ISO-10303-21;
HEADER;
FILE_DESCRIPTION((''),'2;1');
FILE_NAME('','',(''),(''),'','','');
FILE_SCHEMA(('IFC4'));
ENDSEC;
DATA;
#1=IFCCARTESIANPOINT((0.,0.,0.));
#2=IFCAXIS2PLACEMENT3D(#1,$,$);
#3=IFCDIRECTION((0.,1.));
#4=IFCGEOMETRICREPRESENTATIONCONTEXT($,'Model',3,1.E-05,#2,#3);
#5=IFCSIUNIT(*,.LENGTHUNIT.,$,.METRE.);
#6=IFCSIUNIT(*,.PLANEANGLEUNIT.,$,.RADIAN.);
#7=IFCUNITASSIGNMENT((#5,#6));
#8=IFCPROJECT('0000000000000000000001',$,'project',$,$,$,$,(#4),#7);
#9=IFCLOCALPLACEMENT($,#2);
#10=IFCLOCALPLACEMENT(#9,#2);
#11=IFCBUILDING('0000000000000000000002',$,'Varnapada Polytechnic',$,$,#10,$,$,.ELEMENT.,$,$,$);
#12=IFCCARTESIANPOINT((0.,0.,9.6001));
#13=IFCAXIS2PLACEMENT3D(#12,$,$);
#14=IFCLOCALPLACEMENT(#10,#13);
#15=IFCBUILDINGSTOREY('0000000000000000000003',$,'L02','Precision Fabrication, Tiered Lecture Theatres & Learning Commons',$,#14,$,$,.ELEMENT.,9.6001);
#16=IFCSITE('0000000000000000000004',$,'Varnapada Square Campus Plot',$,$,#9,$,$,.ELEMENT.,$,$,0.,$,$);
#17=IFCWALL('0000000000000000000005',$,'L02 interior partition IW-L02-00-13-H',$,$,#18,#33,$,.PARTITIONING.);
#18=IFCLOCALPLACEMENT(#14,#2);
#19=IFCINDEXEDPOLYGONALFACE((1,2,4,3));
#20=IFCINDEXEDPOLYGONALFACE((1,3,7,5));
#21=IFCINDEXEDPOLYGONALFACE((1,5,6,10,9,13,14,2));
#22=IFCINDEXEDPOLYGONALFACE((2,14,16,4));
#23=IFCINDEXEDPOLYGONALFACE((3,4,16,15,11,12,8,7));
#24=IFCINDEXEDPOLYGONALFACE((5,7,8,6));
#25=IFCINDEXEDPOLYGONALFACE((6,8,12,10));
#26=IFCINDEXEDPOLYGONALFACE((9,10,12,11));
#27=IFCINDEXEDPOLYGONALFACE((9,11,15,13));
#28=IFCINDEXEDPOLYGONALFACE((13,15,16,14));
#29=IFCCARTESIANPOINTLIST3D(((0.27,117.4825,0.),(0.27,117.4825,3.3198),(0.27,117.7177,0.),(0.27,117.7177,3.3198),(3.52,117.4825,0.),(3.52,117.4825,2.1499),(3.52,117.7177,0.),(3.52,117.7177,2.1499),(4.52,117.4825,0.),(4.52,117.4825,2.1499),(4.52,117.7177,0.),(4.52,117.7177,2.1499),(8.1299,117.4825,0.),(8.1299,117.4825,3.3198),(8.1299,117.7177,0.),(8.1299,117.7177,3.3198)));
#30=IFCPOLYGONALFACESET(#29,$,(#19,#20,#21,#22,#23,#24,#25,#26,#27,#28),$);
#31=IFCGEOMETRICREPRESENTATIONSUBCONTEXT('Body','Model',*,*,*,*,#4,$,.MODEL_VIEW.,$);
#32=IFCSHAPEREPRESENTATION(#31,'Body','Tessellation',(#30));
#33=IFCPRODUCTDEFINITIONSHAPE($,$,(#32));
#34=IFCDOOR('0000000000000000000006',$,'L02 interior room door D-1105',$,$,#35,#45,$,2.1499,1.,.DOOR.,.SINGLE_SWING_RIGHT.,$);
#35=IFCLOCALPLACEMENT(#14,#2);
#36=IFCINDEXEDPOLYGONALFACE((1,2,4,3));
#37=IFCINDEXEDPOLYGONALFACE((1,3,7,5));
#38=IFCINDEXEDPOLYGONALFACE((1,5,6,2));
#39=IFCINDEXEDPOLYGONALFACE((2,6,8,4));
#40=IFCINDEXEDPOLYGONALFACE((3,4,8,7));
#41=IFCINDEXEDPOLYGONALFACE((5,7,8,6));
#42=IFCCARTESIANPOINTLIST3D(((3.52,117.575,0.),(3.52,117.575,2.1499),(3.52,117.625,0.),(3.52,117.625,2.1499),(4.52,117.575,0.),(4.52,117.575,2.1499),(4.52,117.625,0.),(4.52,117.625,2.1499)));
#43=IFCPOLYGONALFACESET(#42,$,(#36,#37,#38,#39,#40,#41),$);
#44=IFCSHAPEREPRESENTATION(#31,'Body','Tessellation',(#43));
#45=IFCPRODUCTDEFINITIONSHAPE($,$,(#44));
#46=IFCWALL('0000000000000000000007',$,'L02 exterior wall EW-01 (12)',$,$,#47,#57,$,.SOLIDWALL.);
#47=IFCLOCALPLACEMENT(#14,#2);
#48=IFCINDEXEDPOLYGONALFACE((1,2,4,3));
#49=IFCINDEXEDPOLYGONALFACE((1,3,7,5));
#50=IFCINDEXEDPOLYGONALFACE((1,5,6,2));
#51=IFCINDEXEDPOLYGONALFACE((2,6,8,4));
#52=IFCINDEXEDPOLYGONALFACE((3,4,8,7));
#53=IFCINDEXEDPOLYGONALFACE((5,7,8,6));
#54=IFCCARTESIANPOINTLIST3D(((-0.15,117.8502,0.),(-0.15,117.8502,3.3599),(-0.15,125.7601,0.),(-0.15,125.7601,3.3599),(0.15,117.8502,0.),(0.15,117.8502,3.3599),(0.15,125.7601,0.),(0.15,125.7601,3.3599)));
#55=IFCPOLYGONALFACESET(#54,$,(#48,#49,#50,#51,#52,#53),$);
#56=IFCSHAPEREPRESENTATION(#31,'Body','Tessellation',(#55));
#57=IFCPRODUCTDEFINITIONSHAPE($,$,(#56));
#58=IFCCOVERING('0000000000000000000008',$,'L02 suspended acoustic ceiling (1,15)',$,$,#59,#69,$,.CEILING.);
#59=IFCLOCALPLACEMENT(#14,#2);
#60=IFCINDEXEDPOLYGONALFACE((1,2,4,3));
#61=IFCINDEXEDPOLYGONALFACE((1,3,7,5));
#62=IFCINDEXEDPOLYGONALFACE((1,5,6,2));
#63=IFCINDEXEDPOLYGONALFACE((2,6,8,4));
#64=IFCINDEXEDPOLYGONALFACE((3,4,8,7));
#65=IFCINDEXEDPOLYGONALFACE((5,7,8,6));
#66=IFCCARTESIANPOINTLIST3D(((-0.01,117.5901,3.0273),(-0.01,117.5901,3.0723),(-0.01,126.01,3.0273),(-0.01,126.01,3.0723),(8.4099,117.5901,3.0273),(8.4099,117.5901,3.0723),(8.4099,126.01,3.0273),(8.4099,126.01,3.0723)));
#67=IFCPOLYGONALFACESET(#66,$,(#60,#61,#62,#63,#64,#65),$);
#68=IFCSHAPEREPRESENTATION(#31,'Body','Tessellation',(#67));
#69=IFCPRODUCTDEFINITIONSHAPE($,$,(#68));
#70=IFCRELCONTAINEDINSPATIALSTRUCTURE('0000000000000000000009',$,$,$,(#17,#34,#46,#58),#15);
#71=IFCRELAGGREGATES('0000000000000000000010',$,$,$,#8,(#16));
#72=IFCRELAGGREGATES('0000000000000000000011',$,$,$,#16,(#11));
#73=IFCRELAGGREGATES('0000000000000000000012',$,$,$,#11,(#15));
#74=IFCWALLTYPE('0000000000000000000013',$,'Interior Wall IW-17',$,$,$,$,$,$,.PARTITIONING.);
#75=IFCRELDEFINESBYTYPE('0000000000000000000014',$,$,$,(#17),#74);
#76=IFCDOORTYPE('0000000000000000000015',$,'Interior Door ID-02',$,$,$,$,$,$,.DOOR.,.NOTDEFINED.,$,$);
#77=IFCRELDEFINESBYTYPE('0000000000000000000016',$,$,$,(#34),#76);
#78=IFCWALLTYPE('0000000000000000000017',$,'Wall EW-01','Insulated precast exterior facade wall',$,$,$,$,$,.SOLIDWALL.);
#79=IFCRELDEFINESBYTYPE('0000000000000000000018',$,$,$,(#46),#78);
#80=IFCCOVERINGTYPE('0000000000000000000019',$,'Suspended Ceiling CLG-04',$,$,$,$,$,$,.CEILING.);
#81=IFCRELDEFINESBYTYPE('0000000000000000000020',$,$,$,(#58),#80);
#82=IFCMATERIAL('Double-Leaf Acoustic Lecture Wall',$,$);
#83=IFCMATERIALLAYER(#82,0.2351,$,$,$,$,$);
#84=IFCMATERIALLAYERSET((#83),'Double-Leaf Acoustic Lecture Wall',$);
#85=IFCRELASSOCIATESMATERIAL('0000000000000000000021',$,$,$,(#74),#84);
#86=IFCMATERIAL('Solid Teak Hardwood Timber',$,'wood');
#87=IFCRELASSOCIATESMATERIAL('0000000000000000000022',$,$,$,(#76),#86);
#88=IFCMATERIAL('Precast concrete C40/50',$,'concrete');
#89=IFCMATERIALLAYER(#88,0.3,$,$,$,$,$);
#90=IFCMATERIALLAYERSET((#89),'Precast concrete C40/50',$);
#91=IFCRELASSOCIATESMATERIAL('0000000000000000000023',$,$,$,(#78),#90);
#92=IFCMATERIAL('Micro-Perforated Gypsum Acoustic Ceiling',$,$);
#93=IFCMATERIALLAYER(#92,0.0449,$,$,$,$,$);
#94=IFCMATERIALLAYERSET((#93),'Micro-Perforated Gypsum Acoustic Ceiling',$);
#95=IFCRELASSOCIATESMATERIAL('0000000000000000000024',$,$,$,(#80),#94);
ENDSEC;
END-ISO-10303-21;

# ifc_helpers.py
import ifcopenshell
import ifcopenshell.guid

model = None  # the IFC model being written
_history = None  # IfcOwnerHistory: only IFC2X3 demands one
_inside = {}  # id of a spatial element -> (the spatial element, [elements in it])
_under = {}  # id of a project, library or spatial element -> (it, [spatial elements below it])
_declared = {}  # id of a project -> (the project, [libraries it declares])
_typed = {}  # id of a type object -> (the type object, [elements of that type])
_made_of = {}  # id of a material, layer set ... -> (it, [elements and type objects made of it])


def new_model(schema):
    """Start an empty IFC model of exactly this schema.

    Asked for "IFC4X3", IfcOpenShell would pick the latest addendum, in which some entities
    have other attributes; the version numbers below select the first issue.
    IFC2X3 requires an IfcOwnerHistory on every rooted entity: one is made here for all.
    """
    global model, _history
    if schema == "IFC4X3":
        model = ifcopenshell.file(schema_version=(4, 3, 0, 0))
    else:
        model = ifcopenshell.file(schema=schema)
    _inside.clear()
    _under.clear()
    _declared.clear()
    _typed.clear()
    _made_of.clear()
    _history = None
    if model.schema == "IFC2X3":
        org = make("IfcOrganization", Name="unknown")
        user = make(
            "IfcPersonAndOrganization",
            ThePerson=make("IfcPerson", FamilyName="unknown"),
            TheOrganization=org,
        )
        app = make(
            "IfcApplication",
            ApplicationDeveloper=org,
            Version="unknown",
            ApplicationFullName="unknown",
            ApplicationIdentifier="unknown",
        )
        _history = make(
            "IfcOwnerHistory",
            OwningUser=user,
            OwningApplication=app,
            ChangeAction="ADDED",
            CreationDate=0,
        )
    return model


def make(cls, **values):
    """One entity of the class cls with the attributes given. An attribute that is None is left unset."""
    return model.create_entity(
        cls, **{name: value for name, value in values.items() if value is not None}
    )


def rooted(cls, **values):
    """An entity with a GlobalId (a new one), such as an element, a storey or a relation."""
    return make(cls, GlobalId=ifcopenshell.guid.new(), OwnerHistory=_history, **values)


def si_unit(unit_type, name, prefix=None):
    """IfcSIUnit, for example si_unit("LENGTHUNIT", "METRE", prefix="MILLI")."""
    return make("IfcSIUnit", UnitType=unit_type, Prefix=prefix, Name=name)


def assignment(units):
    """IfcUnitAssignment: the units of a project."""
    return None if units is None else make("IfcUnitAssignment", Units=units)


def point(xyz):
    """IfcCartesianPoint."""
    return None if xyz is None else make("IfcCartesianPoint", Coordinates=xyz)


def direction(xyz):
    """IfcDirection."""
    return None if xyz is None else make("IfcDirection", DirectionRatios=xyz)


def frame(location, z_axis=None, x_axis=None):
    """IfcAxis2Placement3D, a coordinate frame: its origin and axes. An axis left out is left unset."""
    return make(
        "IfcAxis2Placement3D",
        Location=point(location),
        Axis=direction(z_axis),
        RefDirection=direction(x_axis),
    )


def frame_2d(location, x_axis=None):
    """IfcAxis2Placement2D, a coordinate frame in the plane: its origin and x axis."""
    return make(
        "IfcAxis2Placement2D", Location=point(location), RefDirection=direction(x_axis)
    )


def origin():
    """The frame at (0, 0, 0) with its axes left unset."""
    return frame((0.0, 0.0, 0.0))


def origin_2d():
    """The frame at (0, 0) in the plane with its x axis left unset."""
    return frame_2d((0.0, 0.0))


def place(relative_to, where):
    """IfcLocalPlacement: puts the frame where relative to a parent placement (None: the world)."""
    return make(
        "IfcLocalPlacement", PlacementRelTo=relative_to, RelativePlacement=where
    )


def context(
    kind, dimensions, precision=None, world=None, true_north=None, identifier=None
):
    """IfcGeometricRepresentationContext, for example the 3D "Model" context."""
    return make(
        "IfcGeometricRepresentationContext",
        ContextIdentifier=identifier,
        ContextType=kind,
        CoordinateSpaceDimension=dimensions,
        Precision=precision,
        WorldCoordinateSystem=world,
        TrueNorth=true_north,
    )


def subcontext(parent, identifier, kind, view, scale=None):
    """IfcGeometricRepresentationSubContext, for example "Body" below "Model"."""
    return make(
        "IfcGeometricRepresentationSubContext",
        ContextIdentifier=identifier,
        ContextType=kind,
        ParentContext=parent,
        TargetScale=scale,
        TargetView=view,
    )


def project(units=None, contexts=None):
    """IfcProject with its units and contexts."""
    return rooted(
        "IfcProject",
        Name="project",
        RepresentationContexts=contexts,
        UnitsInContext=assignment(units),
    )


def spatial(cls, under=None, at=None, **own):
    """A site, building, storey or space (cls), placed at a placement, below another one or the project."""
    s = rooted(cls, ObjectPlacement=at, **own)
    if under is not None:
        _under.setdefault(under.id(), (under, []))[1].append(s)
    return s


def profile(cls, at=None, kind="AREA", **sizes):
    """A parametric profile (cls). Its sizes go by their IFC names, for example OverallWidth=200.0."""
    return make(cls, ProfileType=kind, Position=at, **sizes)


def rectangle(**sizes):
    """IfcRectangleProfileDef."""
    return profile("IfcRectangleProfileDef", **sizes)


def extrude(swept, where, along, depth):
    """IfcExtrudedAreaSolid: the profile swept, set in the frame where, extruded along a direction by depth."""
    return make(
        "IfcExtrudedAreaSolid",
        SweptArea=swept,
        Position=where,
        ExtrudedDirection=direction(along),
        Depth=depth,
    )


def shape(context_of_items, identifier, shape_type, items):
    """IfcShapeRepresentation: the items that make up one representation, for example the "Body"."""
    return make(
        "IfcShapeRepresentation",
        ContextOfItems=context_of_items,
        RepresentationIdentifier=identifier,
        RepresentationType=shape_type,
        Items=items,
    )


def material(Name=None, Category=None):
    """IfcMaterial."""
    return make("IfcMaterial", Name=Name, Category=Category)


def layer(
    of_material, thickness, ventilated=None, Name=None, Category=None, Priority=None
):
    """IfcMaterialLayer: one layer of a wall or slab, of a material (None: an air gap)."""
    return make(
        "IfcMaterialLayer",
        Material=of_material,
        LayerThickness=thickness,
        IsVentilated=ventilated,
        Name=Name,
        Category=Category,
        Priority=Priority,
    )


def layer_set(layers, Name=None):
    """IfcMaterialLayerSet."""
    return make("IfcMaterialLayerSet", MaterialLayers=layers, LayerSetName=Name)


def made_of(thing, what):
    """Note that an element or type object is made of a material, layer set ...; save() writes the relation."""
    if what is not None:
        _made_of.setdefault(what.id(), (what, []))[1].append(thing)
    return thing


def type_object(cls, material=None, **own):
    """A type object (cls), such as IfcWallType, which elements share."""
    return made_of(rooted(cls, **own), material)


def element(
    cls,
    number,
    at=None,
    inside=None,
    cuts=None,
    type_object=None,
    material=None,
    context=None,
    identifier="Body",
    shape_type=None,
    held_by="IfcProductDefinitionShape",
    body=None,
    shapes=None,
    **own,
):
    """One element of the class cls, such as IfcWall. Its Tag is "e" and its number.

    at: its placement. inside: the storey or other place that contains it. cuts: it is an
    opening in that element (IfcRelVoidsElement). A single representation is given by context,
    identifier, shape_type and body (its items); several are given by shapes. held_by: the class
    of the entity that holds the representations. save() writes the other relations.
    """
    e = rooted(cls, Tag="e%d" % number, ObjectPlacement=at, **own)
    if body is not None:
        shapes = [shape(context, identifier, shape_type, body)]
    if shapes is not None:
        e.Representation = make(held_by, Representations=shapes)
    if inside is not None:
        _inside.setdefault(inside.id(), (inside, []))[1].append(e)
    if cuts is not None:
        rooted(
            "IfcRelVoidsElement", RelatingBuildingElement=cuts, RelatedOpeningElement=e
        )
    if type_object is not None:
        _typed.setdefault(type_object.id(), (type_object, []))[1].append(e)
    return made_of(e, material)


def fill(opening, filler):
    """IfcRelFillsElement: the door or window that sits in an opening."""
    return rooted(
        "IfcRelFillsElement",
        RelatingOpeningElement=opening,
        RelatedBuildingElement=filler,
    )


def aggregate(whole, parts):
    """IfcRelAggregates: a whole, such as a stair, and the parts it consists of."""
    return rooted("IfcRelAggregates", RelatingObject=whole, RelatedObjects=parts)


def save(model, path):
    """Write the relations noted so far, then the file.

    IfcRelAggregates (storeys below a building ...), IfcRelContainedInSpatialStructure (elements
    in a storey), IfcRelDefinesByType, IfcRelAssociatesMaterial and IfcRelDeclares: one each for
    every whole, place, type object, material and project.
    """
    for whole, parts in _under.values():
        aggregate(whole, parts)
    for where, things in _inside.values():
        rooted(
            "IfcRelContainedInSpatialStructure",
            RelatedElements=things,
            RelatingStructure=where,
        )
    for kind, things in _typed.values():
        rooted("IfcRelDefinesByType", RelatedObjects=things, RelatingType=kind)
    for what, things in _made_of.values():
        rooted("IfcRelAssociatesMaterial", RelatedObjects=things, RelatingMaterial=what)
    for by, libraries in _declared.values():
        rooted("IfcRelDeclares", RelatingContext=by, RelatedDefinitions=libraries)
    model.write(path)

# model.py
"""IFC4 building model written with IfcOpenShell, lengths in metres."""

from ifc_helpers import new_model, si_unit, direction, frame, frame_2d, origin, origin_2d, place, context, subcontext, project, spatial, rectangle, extrude, material, layer, layer_set, type_object, element, fill, save


model = new_model("IFC4")

# Units and contexts
model_context = context("Model", 3, precision=1e-05, world=origin(), true_north=direction((0.0, 1.0)))
body_context = subcontext(model_context, "Body", "Model", "MODEL_VIEW")
ifc_project = project(units=[si_unit("LENGTHUNIT", "METRE"), si_unit("PLANEANGLEUNIT", "RADIAN")], contexts=[model_context])

# Site, building, storey
site_placement = place(None, origin())
site = spatial("IfcSite", under=ifc_project, at=site_placement, Name="Varnapada Square Campus Plot", CompositionType="ELEMENT", RefElevation=0.0)
building_placement = place(site_placement, origin())
building = spatial("IfcBuilding", under=site, at=building_placement, Name="Varnapada Polytechnic", CompositionType="ELEMENT")
storey_placement = place(building_placement, frame((0.0, 0.0, 9.6001)))
storey = spatial("IfcBuildingStorey", under=building, at=storey_placement, Name="L02", Description="Precision Fabrication, Tiered Lecture Theatres & Learning Commons", CompositionType="ELEMENT", Elevation=9.6001)

# Wall, opening, door
ifc_material_1 = material(Name="Double-Leaf Acoustic Lecture Wall")
ifc_layer_1 = layer(ifc_material_1, 0.2351)
ifc_layer_set_1 = layer_set([ifc_layer_1], Name="Double-Leaf Acoustic Lecture Wall")
wall_type_1 = type_object("IfcWallType", Name="Interior Wall IW-17", PredefinedType="PARTITIONING", material=ifc_layer_set_1)
wall_1_placement = place(storey_placement, frame((0.27, 117.6001, 0.0), z_axis=(0.0, 0.0, 1.0), x_axis=(1.0, 0.0, 0.0)))
wall_1 = element("IfcWall", 1, at=wall_1_placement, inside=storey, type_object=wall_type_1, Name="L02 interior partition IW-L02-00-13-H", PredefinedType="PARTITIONING", context=body_context, shape_type="SweptSolid", body=[
    extrude(rectangle(XDim=7.8599, YDim=0.2351, at=frame_2d((3.9299, 0.0))), origin(), (0.0, 0.0, 1.0), 3.3198),
])
opening_placement = place(wall_1_placement, frame((3.25, 0.0, 0.0)))
opening = element("IfcOpeningElement", 2, at=opening_placement, cuts=wall_1, PredefinedType="OPENING", context=body_context, shape_type="SweptSolid", body=[
    extrude(rectangle(XDim=1.0, YDim=2.1499, at=frame_2d((0.5, 1.075))), frame((0.0, 0.1274, 0.0), z_axis=(0.0, -1.0, 0.0), x_axis=(1.0, 0.0, 0.0)), (0.0, 0.0, 1.0), 0.2551),
])
ifc_material_2 = material(Name="Solid Teak Hardwood Timber", Category="wood")
door_type = type_object("IfcDoorType", Name="Interior Door ID-02", OperationType="NOTDEFINED", PredefinedType="DOOR", material=ifc_material_2)
door_placement = place(opening_placement, origin())
door = element("IfcDoor", 3, at=door_placement, inside=storey, type_object=door_type, Name="L02 interior room door D-1105", OperationType="SINGLE_SWING_RIGHT", OverallHeight=2.1499, OverallWidth=1.0, PredefinedType="DOOR", context=body_context, shape_type="SweptSolid", body=[
    extrude(rectangle(XDim=1.0, YDim=2.1499, at=frame_2d((0.5, 1.075))), frame((0.0, 0.0249, 0.0), z_axis=(0.0, -1.0, 0.0), x_axis=(1.0, 0.0, 0.0)), (0.0, 0.0, 1.0), 0.05),
])
fill(opening, door)

# Wall
ifc_material_3 = material(Name="Precast concrete C40/50", Category="concrete")
ifc_layer_2 = layer(ifc_material_3, 0.3)
ifc_layer_set_2 = layer_set([ifc_layer_2], Name="Precast concrete C40/50")
wall_type_2 = type_object("IfcWallType", Name="Wall EW-01", Description="Insulated precast exterior facade wall", PredefinedType="SOLIDWALL", material=ifc_layer_set_2)
wall_2_placement = place(storey_placement, frame((0.0, 117.8501, 0.0), z_axis=(0.0, 0.0, 1.0), x_axis=(0.0, 1.0, 0.0)))
element("IfcWall", 4, at=wall_2_placement, inside=storey, type_object=wall_type_2, Name="L02 exterior wall EW-01 (12)", PredefinedType="SOLIDWALL", context=body_context, shape_type="SweptSolid", body=[
    extrude(rectangle(XDim=7.9099, YDim=0.3, at=frame_2d((3.9551, 0.0))), origin(), (0.0, 0.0, 1.0), 3.3599),
])

# Covering
ifc_material_4 = material(Name="Micro-Perforated Gypsum Acoustic Ceiling")
ifc_layer_3 = layer(ifc_material_4, 0.0449)
ifc_layer_set_3 = layer_set([ifc_layer_3], Name="Micro-Perforated Gypsum Acoustic Ceiling")
covering_type = type_object("IfcCoveringType", Name="Suspended Ceiling CLG-04", PredefinedType="CEILING", material=ifc_layer_set_3)
covering_placement = place(storey_placement, frame((4.2, 121.8, 3.0273), z_axis=(0.0, 0.0, 1.0), x_axis=(1.0, 0.0, 0.0)))
element("IfcCovering", 5, at=covering_placement, inside=storey, type_object=covering_type, Name="L02 suspended acoustic ceiling (1,15)", PredefinedType="CEILING", context=body_context, shape_type="SweptSolid", body=[
    extrude(rectangle(XDim=8.4199, YDim=8.4199, at=origin_2d()), origin(), (0.0, 0.0, 1.0), 0.0449),
])

save(model, "model.ifc")
